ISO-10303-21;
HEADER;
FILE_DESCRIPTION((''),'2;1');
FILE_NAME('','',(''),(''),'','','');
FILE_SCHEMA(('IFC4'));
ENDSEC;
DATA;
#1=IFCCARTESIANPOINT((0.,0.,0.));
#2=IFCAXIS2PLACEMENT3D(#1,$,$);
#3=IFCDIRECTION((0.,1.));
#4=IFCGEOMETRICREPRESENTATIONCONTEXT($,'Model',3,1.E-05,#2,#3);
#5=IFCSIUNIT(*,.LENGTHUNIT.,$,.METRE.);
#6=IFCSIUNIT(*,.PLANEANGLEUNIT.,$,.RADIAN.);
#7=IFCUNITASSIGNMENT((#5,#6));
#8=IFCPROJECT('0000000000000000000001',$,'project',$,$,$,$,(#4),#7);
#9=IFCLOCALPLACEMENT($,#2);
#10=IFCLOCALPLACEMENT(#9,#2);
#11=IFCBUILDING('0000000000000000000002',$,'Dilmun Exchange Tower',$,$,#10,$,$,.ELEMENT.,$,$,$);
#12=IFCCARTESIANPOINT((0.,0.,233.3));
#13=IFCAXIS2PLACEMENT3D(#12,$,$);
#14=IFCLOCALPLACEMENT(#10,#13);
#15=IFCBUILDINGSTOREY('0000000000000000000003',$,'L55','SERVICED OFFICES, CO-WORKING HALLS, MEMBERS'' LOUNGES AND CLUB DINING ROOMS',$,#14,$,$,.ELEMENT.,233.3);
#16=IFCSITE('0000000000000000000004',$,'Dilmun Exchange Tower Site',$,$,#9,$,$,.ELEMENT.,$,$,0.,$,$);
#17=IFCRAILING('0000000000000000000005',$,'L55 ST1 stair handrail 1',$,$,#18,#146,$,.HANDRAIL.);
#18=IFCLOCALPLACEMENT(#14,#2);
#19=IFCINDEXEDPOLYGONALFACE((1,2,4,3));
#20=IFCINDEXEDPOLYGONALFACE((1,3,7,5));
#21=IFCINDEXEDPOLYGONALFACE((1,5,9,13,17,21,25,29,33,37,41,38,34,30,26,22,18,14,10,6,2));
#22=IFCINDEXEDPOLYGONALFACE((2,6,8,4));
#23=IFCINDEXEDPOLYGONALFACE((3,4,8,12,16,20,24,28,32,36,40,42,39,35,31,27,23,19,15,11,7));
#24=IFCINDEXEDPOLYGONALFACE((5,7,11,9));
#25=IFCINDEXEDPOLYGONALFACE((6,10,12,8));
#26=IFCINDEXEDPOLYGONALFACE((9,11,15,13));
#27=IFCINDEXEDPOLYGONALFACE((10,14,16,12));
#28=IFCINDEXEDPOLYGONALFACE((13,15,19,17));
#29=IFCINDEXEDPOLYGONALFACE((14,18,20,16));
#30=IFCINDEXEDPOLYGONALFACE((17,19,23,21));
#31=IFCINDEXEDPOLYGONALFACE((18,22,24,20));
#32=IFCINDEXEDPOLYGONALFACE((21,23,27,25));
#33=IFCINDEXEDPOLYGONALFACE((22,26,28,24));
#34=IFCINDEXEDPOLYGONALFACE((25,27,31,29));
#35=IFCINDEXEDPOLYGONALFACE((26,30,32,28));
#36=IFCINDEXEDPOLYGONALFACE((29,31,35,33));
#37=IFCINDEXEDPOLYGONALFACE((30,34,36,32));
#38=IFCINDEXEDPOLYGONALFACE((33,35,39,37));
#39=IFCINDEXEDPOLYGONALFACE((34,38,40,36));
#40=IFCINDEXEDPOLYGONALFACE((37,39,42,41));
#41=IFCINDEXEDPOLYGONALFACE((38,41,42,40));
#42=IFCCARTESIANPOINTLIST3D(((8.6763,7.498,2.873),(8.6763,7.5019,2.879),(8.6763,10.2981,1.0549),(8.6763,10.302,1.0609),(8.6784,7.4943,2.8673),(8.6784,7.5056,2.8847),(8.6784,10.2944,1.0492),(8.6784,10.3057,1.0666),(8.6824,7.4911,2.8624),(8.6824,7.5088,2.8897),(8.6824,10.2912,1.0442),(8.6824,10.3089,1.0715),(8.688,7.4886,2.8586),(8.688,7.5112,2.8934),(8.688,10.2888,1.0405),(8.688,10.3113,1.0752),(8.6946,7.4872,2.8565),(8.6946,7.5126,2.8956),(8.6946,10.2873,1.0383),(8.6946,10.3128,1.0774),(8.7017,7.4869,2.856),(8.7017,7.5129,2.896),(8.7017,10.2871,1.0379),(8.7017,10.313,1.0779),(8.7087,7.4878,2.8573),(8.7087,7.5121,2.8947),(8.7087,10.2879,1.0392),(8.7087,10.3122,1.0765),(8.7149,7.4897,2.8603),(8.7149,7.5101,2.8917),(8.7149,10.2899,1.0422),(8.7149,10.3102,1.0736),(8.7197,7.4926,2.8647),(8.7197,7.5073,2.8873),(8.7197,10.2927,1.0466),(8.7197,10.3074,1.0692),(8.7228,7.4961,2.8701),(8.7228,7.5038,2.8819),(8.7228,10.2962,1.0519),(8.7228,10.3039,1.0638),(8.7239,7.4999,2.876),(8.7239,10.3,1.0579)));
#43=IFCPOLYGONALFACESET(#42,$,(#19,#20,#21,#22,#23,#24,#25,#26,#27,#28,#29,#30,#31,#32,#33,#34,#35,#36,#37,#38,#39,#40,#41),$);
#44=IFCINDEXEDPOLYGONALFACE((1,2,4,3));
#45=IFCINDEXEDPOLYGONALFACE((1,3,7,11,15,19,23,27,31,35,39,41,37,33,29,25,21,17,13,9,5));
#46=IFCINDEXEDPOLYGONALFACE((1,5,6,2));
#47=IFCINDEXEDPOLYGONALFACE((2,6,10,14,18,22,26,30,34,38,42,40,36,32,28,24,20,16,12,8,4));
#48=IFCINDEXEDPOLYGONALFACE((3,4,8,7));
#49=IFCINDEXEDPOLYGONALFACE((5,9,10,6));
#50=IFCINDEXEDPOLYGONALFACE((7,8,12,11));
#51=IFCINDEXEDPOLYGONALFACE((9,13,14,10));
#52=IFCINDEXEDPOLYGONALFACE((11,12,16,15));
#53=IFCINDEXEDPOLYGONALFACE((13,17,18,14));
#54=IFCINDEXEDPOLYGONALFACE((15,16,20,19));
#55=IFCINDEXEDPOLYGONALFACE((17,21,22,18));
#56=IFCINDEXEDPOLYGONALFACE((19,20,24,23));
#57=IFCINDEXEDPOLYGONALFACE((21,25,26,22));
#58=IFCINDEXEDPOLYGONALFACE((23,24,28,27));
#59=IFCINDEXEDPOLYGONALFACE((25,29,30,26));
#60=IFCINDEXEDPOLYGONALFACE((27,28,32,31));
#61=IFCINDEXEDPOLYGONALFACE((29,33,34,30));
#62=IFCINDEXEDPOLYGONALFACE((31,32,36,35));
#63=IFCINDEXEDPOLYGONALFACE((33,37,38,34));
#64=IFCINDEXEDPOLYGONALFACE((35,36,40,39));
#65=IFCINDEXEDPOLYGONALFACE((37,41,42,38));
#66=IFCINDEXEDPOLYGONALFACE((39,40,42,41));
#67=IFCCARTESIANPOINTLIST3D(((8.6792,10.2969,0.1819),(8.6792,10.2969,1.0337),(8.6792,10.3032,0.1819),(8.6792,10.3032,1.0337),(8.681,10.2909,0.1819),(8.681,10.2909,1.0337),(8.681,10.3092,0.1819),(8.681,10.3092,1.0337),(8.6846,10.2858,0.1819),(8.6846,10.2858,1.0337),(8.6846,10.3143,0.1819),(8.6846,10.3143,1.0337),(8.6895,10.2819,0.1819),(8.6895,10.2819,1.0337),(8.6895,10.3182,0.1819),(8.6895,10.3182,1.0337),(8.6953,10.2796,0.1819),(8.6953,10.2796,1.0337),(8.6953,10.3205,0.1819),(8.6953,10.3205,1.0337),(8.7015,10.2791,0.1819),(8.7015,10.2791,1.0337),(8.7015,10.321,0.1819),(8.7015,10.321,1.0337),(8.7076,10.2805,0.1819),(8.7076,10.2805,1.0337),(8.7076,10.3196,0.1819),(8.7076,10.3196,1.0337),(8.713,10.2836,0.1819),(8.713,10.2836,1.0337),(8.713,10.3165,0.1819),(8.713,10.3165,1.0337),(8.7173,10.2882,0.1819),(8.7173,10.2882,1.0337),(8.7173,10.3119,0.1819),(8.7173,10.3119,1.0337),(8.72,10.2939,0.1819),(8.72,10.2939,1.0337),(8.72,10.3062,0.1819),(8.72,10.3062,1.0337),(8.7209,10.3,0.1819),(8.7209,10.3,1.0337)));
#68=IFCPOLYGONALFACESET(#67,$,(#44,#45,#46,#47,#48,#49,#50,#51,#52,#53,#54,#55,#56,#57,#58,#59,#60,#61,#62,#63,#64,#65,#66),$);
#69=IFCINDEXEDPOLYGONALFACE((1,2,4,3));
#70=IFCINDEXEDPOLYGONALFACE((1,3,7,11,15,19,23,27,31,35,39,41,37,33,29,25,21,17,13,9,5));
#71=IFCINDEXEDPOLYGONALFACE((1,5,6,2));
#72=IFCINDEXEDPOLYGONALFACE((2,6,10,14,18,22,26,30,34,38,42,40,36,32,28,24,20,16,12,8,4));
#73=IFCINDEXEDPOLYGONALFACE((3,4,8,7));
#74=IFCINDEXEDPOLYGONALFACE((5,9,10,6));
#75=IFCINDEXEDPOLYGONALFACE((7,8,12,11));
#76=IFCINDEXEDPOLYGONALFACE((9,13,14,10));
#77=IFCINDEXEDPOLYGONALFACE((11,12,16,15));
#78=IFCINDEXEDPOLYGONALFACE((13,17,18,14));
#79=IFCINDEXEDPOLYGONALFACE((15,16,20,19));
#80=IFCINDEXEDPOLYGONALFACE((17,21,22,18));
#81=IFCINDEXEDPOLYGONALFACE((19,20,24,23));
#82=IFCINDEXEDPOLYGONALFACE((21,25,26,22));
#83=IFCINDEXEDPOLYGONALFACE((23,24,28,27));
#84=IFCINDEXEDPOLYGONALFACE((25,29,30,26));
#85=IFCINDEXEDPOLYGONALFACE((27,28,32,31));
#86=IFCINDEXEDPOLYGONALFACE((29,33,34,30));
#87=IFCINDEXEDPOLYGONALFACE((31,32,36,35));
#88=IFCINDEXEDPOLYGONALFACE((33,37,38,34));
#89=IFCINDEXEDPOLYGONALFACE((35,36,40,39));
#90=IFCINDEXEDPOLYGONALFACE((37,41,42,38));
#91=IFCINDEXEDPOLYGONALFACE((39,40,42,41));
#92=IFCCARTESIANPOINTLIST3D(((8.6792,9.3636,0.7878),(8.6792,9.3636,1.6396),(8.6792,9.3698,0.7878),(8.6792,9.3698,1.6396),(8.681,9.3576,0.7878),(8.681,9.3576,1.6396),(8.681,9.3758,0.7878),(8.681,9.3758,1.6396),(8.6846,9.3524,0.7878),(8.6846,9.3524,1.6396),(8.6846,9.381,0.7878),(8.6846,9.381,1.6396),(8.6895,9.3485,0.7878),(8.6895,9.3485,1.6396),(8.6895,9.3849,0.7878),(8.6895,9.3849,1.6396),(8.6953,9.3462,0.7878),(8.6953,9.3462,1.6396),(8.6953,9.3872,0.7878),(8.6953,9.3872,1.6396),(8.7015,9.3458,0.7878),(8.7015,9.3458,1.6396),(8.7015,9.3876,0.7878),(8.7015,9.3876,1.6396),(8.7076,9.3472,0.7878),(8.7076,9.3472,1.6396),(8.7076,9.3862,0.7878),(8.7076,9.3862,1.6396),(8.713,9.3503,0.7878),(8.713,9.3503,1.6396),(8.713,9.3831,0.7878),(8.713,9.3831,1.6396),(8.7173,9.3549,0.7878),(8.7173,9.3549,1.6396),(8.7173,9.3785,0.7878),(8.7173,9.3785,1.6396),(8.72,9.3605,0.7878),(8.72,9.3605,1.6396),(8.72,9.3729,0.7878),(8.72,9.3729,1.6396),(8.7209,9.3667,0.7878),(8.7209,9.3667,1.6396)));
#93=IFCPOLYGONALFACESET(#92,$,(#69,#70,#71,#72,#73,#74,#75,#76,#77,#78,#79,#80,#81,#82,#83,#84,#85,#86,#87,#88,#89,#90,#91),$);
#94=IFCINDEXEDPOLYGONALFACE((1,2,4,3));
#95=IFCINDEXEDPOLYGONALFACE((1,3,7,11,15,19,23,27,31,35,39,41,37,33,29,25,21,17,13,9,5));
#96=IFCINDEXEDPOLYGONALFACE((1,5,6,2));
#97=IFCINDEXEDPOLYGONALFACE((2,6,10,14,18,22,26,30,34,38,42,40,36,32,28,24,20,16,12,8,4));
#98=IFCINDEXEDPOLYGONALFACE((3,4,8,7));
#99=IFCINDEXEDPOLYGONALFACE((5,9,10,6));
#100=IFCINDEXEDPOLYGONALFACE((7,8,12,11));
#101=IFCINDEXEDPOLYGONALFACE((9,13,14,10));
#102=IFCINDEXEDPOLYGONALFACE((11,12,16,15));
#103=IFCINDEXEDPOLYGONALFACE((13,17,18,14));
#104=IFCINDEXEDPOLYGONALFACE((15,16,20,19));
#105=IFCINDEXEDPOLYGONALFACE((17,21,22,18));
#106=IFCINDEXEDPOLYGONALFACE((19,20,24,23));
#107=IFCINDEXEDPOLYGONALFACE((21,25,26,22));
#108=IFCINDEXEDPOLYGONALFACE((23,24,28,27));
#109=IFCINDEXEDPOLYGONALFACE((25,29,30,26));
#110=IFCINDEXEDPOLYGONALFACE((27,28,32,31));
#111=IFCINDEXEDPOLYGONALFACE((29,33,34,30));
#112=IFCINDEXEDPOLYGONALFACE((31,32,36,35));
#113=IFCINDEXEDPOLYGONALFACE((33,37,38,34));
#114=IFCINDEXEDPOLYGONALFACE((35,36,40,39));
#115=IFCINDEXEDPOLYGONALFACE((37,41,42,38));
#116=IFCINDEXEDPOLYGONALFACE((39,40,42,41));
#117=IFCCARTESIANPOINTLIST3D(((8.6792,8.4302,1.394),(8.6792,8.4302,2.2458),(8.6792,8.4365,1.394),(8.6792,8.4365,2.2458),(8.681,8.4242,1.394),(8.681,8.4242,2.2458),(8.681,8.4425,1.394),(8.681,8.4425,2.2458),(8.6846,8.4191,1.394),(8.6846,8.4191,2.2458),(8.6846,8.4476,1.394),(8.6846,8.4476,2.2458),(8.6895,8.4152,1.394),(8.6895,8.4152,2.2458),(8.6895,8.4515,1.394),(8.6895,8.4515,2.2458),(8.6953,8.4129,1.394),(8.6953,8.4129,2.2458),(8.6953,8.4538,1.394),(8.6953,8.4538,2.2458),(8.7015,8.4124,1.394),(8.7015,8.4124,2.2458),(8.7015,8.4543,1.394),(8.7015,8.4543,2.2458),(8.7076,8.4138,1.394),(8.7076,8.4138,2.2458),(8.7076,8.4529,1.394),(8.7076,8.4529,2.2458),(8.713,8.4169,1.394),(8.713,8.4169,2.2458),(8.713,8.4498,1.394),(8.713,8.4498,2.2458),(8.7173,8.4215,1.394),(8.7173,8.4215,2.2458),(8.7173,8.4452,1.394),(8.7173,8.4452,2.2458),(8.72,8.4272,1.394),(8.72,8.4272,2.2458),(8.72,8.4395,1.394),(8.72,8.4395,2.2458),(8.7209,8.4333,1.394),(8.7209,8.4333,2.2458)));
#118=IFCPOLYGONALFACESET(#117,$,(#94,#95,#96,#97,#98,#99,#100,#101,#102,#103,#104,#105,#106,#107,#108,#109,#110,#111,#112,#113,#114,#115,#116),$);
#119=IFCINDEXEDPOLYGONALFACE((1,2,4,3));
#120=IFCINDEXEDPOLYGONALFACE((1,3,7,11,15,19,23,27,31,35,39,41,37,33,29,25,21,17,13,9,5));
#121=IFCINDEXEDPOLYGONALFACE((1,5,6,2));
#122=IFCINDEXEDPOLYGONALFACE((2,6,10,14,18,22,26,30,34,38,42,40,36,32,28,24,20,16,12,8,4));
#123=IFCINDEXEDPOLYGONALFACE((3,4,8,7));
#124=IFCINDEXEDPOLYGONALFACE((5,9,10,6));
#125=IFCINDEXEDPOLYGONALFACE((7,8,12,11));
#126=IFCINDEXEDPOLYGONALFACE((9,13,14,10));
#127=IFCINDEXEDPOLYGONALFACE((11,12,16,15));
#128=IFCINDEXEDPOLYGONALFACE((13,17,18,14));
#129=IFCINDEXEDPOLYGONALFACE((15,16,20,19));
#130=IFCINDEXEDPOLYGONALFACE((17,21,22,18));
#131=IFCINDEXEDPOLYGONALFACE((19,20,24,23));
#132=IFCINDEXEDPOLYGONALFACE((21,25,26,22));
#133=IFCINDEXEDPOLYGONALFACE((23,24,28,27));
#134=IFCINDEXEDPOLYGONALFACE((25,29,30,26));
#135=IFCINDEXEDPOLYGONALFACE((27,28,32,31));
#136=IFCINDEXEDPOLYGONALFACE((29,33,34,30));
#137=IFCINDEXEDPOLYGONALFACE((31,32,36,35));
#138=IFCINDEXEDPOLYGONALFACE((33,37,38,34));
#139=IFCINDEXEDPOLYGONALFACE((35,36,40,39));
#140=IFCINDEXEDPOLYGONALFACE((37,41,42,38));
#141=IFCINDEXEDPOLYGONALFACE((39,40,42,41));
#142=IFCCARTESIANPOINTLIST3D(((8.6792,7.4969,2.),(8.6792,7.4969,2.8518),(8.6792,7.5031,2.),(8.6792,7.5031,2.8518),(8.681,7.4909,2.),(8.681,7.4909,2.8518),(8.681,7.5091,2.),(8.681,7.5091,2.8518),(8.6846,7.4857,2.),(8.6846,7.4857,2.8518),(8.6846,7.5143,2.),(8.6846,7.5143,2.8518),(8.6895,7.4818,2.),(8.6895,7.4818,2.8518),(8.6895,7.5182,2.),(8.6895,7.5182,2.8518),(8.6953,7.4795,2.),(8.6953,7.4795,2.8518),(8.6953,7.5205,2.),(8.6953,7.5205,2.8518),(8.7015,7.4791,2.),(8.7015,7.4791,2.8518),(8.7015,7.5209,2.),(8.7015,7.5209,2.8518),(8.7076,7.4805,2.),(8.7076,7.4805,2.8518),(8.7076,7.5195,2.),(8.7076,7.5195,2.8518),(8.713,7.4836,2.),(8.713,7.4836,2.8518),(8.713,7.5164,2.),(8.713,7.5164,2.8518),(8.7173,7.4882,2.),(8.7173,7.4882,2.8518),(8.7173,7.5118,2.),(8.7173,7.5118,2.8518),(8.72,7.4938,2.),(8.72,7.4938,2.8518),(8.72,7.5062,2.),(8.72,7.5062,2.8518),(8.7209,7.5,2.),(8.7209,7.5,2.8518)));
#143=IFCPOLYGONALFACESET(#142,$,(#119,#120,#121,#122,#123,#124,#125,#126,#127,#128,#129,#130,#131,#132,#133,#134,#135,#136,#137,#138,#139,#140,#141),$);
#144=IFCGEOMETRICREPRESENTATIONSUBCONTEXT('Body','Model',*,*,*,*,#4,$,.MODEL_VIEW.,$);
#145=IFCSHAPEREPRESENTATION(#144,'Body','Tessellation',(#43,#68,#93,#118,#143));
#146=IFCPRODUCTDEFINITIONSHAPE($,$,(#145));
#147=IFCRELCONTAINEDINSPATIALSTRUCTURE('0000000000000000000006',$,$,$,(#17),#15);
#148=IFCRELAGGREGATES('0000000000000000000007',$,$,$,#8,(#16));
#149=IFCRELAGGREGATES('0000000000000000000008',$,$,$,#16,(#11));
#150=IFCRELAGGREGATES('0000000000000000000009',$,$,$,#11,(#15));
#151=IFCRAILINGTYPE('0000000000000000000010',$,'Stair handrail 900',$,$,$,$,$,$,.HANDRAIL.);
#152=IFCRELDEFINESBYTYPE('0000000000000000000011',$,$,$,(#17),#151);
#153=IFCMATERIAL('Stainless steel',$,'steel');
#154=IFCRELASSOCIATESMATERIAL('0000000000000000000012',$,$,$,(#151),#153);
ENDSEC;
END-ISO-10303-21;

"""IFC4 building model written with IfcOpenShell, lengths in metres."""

from ifc_helpers import new_model, si_unit, direction, frame, origin, origin_2d, place, context, subcontext, project, spatial, circle, extrude, material, type_object, element, save


model = new_model("IFC4")

# Units and contexts
model_context = context("Model", 3, precision=1e-05, world=origin(), true_north=direction((0.0, 1.0)))
body_context = subcontext(model_context, "Body", "Model", "MODEL_VIEW")
ifc_project = project(units=[si_unit("LENGTHUNIT", "METRE"), si_unit("PLANEANGLEUNIT", "RADIAN")], contexts=[model_context])

# Site, building, storey
site_placement = place(None, origin())
site = spatial("IfcSite", under=ifc_project, at=site_placement, Name="Dilmun Exchange Tower Site", CompositionType="ELEMENT", RefElevation=0.0)
building_placement = place(site_placement, origin())
building = spatial("IfcBuilding", under=site, at=building_placement, Name="Dilmun Exchange Tower", CompositionType="ELEMENT")
storey_placement = place(building_placement, frame((0.0, 0.0, 233.3)))
storey = spatial("IfcBuildingStorey", under=building, at=storey_placement, Name="L55", Description="SERVICED OFFICES, CO-WORKING HALLS, MEMBERS' LOUNGES AND CLUB DINING ROOMS", CompositionType="ELEMENT", Elevation=233.3)

# Railing
ifc_material_1 = material(Name="Stainless steel", Category="steel")
railing_type = type_object("IfcRailingType", Name="Stair handrail 900", PredefinedType="HANDRAIL", material=ifc_material_1)
railing_placement = place(storey_placement, frame((8.7, 10.3, 0.1819)))
element("IfcRailing", 1, at=railing_placement, inside=storey, type_object=railing_type, Name="L55 ST1 stair handrail 1", PredefinedType="HANDRAIL", context=body_context, shape_type="SweptSolid", body=[
    extrude(circle(Radius=0.0239, at=origin_2d()), frame((0.0, 0.0, 0.876), z_axis=(0.0, -0.838706, 0.544585), x_axis=(1.0, 0.0, 0.0)), (0.0, 0.0, 1.0), 3.3386),
    extrude(circle(Radius=0.021, at=origin_2d()), origin(), (0.0, 0.0, 1.0), 0.8518),
    extrude(circle(Radius=0.021, at=origin_2d()), frame((0.0, -0.9333, 0.606)), (0.0, 0.0, 1.0), 0.8518),
    extrude(circle(Radius=0.021, at=origin_2d()), frame((0.0, -1.8667, 1.2122)), (0.0, 0.0, 1.0), 0.8518),
    extrude(circle(Radius=0.021, at=origin_2d()), frame((0.0, -2.8, 1.8181)), (0.0, 0.0, 1.0), 0.8518),
])

save(model, "model.ifc")
